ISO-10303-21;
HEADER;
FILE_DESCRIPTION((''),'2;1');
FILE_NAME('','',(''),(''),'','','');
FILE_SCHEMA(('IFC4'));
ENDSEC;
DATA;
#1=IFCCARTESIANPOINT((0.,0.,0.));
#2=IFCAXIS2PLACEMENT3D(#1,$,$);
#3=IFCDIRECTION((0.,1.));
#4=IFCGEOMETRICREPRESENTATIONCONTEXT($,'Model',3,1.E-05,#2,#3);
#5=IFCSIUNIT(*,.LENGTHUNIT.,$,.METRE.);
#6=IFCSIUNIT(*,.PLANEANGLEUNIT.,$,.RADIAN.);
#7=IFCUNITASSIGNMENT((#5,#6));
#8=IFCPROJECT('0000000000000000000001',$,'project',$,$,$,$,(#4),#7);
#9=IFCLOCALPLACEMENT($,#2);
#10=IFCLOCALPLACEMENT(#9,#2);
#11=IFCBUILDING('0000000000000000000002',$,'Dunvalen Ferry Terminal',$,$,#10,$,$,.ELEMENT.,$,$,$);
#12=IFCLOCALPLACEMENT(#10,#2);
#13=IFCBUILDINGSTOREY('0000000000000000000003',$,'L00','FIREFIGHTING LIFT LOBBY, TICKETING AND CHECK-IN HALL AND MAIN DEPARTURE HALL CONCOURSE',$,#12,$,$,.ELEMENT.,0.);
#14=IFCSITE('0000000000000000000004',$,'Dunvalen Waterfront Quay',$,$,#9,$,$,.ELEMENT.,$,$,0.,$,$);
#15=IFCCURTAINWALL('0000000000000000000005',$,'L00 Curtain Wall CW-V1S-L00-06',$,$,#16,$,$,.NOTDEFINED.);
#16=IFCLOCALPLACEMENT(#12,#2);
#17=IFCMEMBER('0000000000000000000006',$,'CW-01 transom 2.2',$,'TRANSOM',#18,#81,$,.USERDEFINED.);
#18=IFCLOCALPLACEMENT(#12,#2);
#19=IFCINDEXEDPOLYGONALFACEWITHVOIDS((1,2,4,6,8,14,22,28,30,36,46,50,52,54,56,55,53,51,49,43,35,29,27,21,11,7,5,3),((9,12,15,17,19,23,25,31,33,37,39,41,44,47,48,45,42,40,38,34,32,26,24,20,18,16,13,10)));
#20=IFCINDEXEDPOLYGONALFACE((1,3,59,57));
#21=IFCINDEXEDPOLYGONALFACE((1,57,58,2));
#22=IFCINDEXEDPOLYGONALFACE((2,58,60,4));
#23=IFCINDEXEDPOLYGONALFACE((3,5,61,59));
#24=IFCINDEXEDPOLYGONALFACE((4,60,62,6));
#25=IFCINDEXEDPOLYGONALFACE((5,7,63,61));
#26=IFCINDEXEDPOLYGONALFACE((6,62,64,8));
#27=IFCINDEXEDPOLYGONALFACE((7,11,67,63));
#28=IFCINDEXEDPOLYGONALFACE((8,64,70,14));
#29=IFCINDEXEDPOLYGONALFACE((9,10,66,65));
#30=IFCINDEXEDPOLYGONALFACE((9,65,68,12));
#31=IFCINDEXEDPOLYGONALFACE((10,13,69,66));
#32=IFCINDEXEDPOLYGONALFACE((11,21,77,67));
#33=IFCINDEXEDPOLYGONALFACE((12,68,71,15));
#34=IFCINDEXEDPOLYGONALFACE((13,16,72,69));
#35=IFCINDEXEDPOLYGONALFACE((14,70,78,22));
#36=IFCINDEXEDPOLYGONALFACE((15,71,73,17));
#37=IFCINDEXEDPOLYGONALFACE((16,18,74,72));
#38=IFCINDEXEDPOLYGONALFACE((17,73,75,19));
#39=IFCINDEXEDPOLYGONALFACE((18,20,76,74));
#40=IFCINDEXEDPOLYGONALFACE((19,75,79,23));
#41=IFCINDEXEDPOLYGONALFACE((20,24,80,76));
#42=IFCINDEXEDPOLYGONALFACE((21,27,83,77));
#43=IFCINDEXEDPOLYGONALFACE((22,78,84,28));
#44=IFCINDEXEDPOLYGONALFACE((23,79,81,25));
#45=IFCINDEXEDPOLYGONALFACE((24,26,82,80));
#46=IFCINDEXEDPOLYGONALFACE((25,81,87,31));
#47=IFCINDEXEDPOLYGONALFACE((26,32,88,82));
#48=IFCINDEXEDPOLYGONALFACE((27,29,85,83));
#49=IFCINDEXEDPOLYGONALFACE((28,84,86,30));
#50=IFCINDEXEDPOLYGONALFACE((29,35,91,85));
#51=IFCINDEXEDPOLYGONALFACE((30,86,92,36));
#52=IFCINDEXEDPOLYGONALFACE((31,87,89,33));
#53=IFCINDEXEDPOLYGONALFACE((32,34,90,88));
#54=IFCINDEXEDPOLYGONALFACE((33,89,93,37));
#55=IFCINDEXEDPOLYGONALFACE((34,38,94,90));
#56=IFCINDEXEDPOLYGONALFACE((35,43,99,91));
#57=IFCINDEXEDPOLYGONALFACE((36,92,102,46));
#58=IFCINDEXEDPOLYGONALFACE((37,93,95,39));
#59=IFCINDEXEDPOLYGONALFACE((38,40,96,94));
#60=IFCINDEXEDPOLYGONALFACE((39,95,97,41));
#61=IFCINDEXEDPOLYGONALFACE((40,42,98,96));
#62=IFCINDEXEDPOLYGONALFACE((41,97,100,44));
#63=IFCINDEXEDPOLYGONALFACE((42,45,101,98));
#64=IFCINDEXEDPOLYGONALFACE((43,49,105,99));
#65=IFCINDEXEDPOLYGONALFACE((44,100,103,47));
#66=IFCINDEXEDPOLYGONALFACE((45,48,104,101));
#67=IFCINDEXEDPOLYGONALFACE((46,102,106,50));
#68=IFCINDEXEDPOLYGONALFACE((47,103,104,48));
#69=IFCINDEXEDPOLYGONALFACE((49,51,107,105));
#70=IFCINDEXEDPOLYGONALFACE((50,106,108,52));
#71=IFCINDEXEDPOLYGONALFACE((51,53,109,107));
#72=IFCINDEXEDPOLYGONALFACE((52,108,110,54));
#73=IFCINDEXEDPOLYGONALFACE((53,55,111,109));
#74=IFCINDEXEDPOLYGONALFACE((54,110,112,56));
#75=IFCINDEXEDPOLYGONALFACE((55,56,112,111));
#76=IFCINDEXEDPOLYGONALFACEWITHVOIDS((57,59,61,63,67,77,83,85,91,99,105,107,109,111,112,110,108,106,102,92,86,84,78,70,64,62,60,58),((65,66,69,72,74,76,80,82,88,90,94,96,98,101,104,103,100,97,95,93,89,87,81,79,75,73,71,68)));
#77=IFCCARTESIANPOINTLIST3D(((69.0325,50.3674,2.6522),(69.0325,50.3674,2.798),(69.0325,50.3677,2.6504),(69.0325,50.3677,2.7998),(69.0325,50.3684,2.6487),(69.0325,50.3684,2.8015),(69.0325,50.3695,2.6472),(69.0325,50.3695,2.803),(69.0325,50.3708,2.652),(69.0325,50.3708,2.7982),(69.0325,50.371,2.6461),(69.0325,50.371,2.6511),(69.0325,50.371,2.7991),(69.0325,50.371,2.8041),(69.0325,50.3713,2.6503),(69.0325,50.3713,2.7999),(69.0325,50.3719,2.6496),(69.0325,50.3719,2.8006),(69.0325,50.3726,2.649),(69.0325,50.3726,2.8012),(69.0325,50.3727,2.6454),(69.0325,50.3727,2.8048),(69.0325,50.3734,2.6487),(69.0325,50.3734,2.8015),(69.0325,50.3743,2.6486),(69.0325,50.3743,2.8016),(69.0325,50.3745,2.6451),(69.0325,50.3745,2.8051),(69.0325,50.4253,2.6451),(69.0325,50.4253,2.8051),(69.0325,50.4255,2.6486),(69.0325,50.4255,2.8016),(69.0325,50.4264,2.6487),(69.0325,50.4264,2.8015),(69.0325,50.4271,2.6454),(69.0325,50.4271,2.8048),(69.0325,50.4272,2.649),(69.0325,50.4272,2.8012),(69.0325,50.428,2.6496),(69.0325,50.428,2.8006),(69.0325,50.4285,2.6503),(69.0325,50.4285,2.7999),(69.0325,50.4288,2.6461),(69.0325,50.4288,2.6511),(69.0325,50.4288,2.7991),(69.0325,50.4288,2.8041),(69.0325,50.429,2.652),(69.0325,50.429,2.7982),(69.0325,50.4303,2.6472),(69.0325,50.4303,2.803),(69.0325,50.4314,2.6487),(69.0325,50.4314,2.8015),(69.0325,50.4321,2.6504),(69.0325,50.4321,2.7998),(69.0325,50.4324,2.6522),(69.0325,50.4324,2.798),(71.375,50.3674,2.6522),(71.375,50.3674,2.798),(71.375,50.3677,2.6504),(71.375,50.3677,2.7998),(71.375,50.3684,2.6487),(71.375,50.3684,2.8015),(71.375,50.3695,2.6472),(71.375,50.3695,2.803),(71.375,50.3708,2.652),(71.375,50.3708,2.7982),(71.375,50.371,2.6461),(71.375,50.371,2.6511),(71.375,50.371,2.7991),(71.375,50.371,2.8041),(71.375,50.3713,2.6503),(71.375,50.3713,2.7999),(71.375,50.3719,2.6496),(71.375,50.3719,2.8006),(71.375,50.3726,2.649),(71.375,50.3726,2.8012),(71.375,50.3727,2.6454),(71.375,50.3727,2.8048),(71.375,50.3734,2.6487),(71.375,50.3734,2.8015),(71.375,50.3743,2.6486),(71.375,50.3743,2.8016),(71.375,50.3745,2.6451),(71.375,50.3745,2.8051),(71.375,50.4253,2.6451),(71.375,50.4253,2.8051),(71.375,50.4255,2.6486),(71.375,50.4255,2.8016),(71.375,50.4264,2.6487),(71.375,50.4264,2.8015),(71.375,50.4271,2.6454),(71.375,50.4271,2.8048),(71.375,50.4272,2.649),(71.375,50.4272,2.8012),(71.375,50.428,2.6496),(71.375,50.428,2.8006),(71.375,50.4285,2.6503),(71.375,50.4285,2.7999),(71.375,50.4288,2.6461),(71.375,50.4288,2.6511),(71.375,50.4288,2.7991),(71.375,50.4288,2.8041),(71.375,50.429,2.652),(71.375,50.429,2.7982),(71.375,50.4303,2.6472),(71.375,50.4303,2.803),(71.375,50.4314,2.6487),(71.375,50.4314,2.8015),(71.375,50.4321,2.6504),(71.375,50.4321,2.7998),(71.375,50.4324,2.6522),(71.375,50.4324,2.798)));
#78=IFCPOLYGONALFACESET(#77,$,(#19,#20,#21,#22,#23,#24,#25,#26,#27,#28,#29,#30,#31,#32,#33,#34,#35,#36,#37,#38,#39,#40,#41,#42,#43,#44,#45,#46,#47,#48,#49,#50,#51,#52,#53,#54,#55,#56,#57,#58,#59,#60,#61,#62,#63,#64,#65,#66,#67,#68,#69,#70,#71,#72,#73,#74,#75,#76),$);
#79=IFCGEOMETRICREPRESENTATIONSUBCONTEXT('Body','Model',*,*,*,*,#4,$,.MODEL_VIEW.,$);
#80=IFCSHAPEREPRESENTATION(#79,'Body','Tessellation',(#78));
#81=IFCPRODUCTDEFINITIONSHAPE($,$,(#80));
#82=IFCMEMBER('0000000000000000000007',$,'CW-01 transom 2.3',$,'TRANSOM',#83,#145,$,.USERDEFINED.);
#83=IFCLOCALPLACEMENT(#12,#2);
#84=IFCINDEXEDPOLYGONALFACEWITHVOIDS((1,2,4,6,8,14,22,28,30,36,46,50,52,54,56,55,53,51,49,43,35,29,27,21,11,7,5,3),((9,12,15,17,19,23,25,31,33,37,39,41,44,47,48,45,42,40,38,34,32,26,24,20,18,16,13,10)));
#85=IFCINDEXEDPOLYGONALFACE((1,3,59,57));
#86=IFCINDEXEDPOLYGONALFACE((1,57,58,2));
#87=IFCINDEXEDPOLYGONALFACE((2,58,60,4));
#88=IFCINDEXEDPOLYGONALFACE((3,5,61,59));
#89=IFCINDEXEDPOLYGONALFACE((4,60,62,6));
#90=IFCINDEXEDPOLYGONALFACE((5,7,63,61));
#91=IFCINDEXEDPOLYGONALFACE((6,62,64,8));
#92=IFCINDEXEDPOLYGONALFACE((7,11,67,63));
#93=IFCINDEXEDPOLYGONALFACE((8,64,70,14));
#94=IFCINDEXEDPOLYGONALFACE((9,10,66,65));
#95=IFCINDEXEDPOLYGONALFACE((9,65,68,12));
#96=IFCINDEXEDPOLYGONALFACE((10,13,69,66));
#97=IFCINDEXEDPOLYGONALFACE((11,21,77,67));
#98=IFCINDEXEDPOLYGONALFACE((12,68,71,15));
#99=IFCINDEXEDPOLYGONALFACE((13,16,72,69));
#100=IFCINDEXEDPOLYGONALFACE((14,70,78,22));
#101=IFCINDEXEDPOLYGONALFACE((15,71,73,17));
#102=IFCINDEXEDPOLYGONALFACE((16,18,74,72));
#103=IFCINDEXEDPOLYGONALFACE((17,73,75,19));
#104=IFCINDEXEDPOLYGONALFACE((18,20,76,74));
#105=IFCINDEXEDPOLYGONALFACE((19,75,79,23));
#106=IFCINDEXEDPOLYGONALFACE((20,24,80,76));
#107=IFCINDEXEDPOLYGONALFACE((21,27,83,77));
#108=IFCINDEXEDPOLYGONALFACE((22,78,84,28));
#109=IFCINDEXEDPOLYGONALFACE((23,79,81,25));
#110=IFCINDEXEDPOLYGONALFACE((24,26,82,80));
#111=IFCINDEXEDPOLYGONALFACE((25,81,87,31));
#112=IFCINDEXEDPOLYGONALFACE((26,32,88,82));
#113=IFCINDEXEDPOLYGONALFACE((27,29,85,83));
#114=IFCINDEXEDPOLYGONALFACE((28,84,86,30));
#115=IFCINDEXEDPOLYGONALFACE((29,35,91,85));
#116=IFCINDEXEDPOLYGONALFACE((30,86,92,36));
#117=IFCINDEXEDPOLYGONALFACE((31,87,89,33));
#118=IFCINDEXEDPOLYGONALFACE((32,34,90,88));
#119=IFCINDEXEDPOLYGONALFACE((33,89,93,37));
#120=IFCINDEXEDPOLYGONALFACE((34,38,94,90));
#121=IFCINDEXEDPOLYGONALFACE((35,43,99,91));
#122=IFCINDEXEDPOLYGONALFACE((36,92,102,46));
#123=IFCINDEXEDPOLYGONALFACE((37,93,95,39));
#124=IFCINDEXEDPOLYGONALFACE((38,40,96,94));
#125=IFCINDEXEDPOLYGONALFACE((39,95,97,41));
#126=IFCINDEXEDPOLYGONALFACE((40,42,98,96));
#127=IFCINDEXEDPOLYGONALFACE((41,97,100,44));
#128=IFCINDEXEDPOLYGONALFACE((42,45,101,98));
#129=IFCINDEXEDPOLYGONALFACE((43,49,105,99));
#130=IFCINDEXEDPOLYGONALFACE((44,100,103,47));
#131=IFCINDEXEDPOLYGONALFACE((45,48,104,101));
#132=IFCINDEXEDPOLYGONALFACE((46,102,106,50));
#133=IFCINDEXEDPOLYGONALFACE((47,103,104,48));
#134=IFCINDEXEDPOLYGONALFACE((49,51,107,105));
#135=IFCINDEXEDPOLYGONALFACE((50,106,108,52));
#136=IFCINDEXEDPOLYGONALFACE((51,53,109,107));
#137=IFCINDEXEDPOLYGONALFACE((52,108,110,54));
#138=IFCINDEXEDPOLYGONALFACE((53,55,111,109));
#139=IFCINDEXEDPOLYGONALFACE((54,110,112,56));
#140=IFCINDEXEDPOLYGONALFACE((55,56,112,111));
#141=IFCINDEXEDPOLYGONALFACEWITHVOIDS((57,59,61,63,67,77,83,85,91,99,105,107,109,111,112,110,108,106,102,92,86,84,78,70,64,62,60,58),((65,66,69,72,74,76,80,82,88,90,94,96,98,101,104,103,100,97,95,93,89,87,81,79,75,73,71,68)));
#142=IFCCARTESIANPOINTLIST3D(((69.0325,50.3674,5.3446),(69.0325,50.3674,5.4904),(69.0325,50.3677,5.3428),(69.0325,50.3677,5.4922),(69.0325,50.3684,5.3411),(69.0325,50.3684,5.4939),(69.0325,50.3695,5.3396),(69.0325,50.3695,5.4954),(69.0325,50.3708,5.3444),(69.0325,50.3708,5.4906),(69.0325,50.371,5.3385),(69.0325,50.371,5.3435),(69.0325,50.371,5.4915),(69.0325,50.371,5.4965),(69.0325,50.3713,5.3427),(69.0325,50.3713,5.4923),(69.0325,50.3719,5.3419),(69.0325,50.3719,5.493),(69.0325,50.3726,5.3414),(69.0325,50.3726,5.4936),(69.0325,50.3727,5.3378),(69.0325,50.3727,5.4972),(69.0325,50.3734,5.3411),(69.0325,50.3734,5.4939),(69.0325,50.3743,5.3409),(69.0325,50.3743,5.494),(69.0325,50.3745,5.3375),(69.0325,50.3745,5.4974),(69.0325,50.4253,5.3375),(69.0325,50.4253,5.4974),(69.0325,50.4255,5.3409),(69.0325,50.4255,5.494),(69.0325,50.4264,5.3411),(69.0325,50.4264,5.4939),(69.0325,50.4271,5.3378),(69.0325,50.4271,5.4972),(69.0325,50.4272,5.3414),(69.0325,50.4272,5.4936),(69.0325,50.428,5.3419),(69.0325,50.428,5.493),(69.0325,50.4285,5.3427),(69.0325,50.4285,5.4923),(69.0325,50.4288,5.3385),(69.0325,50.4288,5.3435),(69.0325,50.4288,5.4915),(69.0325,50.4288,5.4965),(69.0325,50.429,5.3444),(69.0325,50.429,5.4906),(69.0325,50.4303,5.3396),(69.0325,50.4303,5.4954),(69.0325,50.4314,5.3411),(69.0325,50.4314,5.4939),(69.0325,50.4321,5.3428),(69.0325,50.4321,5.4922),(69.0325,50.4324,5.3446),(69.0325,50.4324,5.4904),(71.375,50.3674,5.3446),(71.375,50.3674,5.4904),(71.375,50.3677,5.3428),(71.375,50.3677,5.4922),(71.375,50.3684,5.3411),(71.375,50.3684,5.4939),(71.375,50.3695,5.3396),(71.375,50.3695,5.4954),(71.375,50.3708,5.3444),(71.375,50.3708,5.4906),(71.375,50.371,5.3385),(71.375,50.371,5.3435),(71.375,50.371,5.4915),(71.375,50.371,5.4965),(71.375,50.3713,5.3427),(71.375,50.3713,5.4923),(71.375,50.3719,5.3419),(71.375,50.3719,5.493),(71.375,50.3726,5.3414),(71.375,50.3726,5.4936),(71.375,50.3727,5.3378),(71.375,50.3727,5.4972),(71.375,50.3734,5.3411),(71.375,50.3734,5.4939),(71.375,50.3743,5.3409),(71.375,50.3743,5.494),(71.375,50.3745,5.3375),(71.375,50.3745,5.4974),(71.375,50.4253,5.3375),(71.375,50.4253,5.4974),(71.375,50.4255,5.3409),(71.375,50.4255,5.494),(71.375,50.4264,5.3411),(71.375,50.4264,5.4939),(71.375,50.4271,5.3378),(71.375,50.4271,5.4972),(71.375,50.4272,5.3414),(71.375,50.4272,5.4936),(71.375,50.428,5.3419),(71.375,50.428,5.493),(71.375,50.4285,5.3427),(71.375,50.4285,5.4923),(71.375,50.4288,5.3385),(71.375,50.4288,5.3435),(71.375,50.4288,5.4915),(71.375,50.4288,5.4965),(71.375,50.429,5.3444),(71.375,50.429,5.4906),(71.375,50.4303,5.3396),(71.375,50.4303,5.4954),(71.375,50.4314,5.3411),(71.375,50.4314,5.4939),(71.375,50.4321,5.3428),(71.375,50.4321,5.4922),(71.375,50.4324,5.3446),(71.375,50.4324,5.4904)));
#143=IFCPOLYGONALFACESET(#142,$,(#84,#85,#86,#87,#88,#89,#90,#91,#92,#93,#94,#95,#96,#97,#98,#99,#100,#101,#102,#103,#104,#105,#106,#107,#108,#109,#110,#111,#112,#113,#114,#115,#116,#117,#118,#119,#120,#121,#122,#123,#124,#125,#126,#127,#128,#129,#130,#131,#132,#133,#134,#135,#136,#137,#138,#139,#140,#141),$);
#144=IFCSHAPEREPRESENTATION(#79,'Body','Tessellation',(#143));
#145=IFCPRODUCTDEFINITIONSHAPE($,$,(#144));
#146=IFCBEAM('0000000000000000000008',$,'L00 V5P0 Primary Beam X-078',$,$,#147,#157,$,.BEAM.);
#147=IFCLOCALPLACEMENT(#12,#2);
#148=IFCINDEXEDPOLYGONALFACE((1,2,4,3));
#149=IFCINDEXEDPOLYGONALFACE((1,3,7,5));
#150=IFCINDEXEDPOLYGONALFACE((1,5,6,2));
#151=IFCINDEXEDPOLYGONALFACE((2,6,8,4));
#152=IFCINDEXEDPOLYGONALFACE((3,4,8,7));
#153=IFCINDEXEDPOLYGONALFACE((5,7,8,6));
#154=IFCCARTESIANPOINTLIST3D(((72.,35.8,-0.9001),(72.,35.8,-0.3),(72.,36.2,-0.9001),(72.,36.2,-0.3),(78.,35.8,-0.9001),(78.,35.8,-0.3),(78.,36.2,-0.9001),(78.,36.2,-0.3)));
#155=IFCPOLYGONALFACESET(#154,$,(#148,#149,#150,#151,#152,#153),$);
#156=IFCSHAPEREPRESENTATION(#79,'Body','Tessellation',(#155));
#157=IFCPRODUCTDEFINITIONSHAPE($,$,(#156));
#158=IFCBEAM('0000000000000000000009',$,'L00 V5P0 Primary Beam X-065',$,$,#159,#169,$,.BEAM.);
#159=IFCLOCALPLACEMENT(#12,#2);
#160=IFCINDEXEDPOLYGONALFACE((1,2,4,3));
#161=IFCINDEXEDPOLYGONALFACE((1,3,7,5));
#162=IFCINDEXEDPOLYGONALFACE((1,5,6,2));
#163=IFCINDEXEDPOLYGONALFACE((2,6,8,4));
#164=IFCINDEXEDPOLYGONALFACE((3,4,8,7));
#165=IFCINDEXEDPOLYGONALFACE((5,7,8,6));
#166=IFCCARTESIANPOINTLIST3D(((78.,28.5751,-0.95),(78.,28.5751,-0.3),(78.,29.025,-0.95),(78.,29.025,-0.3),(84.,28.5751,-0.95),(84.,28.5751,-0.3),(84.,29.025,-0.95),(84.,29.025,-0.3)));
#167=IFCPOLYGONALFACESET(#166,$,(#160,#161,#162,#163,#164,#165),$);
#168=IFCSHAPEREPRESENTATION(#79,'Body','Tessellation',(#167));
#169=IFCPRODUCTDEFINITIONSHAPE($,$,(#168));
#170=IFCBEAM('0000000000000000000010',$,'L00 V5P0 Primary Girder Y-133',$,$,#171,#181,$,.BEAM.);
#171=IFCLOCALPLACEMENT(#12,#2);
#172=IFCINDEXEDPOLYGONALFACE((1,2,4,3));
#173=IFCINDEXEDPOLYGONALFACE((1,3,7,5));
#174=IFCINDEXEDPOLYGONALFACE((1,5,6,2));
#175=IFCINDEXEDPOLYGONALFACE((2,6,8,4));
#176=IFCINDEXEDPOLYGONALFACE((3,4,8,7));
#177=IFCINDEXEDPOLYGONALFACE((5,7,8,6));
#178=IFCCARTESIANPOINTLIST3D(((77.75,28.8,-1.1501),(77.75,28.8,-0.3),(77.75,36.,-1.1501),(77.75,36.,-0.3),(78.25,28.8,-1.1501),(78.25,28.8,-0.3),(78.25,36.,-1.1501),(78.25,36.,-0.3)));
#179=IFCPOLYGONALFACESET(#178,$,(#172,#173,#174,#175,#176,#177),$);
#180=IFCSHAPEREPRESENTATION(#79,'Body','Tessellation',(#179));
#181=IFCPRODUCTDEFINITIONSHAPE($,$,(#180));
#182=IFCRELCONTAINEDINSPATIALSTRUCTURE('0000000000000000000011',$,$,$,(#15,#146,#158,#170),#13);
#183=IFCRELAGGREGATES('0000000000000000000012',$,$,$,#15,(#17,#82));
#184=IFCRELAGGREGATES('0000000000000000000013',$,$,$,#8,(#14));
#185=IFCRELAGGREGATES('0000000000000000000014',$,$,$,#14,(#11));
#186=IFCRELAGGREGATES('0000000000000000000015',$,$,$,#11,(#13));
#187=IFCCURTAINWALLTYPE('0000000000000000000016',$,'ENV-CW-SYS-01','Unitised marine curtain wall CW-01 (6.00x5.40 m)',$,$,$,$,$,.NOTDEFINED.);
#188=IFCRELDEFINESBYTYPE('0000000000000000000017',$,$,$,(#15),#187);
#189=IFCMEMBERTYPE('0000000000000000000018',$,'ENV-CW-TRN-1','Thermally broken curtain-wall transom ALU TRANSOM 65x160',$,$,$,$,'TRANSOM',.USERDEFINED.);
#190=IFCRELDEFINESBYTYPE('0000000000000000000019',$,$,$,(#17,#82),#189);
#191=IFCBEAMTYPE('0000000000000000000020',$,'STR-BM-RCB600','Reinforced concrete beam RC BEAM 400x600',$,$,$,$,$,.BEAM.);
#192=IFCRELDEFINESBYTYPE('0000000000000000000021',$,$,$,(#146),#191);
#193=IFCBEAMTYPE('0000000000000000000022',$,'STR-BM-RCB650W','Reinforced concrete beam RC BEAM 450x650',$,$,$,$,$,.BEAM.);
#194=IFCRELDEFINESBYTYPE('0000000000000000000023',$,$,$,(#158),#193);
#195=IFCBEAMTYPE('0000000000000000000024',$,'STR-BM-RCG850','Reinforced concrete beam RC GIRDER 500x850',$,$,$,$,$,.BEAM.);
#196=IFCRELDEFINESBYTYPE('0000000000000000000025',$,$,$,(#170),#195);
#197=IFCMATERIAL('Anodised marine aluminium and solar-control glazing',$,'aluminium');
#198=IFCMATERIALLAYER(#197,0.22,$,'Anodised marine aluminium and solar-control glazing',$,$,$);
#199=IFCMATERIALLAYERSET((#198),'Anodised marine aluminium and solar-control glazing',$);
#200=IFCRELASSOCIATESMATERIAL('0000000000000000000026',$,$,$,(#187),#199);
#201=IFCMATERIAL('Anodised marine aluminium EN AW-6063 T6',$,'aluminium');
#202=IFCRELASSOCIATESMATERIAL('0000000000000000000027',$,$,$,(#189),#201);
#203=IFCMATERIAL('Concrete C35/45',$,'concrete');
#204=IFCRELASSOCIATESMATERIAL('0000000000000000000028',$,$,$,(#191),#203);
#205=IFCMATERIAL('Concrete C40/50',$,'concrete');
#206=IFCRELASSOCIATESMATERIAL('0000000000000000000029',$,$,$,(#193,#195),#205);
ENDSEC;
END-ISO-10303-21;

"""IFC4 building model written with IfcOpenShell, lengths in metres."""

from ifc_helpers import new_model, si_unit, direction, frame, origin, origin_2d, place, context, subcontext, project, spatial, rectangle, hollow_rectangle, extrude, material, layer, layer_set, material_profile, profile_set, type_object, element, aggregate, save


model = new_model("IFC4")

# Units and contexts
model_context = context("Model", 3, precision=1e-05, world=origin(), true_north=direction((0.0, 1.0)))
body_context = subcontext(model_context, "Body", "Model", "MODEL_VIEW")
ifc_project = project(units=[si_unit("LENGTHUNIT", "METRE"), si_unit("PLANEANGLEUNIT", "RADIAN")], contexts=[model_context])

# Site, building, storey
site_placement = place(None, origin())
site = spatial("IfcSite", under=ifc_project, at=site_placement, Name="Dunvalen Waterfront Quay", CompositionType="ELEMENT", RefElevation=0.0)
building_placement = place(site_placement, origin())
building = spatial("IfcBuilding", under=site, at=building_placement, Name="Dunvalen Ferry Terminal", CompositionType="ELEMENT")
storey_placement = place(building_placement, origin())
storey = spatial("IfcBuildingStorey", under=building, at=storey_placement, Name="L00", Description="FIREFIGHTING LIFT LOBBY, TICKETING AND CHECK-IN HALL AND MAIN DEPARTURE HALL CONCOURSE", CompositionType="ELEMENT", Elevation=0.0)

# Shared definitions
ifc_material_1 = material(Name="Concrete C40/50", Category="concrete")

# Curtain wall, members
ifc_material_2 = material(Name="Anodised marine aluminium and solar-control glazing", Category="aluminium")
ifc_layer_1 = layer(ifc_material_2, 0.22, Name="Anodised marine aluminium and solar-control glazing")
ifc_layer_set_1 = layer_set([ifc_layer_1], Name="Anodised marine aluminium and solar-control glazing")
curtain_wall_type = type_object("IfcCurtainWallType", Name="ENV-CW-SYS-01", Description="Unitised marine curtain wall CW-01 (6.00x5.40 m)", PredefinedType="NOTDEFINED", material=ifc_layer_set_1)
curtain_wall_placement = place(storey_placement, origin())
curtain_wall = element("IfcCurtainWall", 1, at=curtain_wall_placement, inside=storey, type_object=curtain_wall_type, Name="L00 Curtain Wall CW-V1S-L00-06", PredefinedType="NOTDEFINED")
ifc_material_3 = material(Name="Anodised marine aluminium EN AW-6063 T6", Category="aluminium")
ifc_material_profile_1 = material_profile(ifc_material_3, hollow_rectangle(XDim=0.0649, YDim=0.1599, WallThickness=0.0034, InnerFilletRadius=0.0034, OuterFilletRadius=0.0071, at=origin_2d()), Name="Anodised marine aluminium EN AW-6063 T6")
ifc_profile_set_1 = profile_set([ifc_material_profile_1], Name="Anodised marine aluminium EN AW-6063 T6")
member_type_1 = type_object("IfcMemberType", Name="ENV-CW-TRN-1", Description="Thermally broken curtain-wall transom ALU TRANSOM 65x160", ElementType="TRANSOM", PredefinedType="USERDEFINED", material=ifc_profile_set_1)
member_1_placement = place(storey_placement, frame((69.0325, 50.3999, 2.7251), z_axis=(1.0, 0.0, 0.0), x_axis=(0.0, 1.0, 0.0)))
member_1 = element("IfcMember", 2, at=member_1_placement, type_object=member_type_1, Name="CW-01 transom 2.2", ObjectType="TRANSOM", PredefinedType="USERDEFINED", context=body_context, shape_type="SweptSolid", body=[
    extrude(hollow_rectangle(XDim=0.0649, YDim=0.1599, WallThickness=0.0034, InnerFilletRadius=0.0034, OuterFilletRadius=0.0071, at=origin_2d()), origin(), (0.0, 0.0, 1.0), 2.3425),
])
member_2_placement = place(storey_placement, frame((69.0325, 50.3999, 5.4175), z_axis=(1.0, 0.0, 0.0), x_axis=(0.0, 1.0, 0.0)))
member_2 = element("IfcMember", 3, at=member_2_placement, type_object=member_type_1, Name="CW-01 transom 2.3", ObjectType="TRANSOM", PredefinedType="USERDEFINED", context=body_context, shape_type="SweptSolid", body=[
    extrude(hollow_rectangle(XDim=0.0649, YDim=0.1599, WallThickness=0.0034, InnerFilletRadius=0.0034, OuterFilletRadius=0.0071, at=origin_2d()), origin(), (0.0, 0.0, 1.0), 2.3425),
])

# Beams
ifc_material_4 = material(Name="Concrete C35/45", Category="concrete")
ifc_material_profile_2 = material_profile(ifc_material_4, rectangle(XDim=0.3999, YDim=0.6001, at=origin_2d()), Name="Concrete C35/45")
ifc_profile_set_2 = profile_set([ifc_material_profile_2], Name="Concrete C35/45")
beam_type_1 = type_object("IfcBeamType", Name="STR-BM-RCB600", Description="Reinforced concrete beam RC BEAM 400x600", PredefinedType="BEAM", material=ifc_profile_set_2)
beam_1_placement = place(storey_placement, frame((72.0, 36.0, -0.6001), z_axis=(1.0, 0.0, 0.0), x_axis=(0.0, 1.0, 0.0)))
element("IfcBeam", 4, at=beam_1_placement, inside=storey, type_object=beam_type_1, Name="L00 V5P0 Primary Beam X-078", PredefinedType="BEAM", context=body_context, shape_type="SweptSolid", body=[
    extrude(rectangle(XDim=0.3999, YDim=0.6001, at=origin_2d()), origin(), (0.0, 0.0, 1.0), 6.0),
])
ifc_material_profile_3 = material_profile(ifc_material_1, rectangle(XDim=0.45, YDim=0.6499, at=origin_2d()), Name="Concrete C40/50")
ifc_profile_set_3 = profile_set([ifc_material_profile_3], Name="Concrete C40/50")
beam_type_2 = type_object("IfcBeamType", Name="STR-BM-RCB650W", Description="Reinforced concrete beam RC BEAM 450x650", PredefinedType="BEAM", material=ifc_profile_set_3)
beam_2_placement = place(storey_placement, frame((78.0, 28.8, -0.625), z_axis=(1.0, 0.0, 0.0), x_axis=(0.0, 1.0, 0.0)))
element("IfcBeam", 5, at=beam_2_placement, inside=storey, type_object=beam_type_2, Name="L00 V5P0 Primary Beam X-065", PredefinedType="BEAM", context=body_context, shape_type="SweptSolid", body=[
    extrude(rectangle(XDim=0.45, YDim=0.6499, at=origin_2d()), origin(), (0.0, 0.0, 1.0), 6.0),
])
ifc_material_profile_4 = material_profile(ifc_material_1, rectangle(XDim=0.5, YDim=0.8501, at=origin_2d()), Name="Concrete C40/50")
ifc_profile_set_4 = profile_set([ifc_material_profile_4], Name="Concrete C40/50")
beam_type_3 = type_object("IfcBeamType", Name="STR-BM-RCG850", Description="Reinforced concrete beam RC GIRDER 500x850", PredefinedType="BEAM", material=ifc_profile_set_4)
beam_3_placement = place(storey_placement, frame((78.0, 28.8, -0.7251), z_axis=(0.0, 1.0, 0.0), x_axis=(-1.0, 0.0, 0.0)))
element("IfcBeam", 6, at=beam_3_placement, inside=storey, type_object=beam_type_3, Name="L00 V5P0 Primary Girder Y-133", PredefinedType="BEAM", context=body_context, shape_type="SweptSolid", body=[
    extrude(rectangle(XDim=0.5, YDim=0.8501, at=origin_2d()), origin(), (0.0, 0.0, 1.0), 7.2),
])

aggregate(curtain_wall, [member_1, member_2])

save(model, "model.ifc")
